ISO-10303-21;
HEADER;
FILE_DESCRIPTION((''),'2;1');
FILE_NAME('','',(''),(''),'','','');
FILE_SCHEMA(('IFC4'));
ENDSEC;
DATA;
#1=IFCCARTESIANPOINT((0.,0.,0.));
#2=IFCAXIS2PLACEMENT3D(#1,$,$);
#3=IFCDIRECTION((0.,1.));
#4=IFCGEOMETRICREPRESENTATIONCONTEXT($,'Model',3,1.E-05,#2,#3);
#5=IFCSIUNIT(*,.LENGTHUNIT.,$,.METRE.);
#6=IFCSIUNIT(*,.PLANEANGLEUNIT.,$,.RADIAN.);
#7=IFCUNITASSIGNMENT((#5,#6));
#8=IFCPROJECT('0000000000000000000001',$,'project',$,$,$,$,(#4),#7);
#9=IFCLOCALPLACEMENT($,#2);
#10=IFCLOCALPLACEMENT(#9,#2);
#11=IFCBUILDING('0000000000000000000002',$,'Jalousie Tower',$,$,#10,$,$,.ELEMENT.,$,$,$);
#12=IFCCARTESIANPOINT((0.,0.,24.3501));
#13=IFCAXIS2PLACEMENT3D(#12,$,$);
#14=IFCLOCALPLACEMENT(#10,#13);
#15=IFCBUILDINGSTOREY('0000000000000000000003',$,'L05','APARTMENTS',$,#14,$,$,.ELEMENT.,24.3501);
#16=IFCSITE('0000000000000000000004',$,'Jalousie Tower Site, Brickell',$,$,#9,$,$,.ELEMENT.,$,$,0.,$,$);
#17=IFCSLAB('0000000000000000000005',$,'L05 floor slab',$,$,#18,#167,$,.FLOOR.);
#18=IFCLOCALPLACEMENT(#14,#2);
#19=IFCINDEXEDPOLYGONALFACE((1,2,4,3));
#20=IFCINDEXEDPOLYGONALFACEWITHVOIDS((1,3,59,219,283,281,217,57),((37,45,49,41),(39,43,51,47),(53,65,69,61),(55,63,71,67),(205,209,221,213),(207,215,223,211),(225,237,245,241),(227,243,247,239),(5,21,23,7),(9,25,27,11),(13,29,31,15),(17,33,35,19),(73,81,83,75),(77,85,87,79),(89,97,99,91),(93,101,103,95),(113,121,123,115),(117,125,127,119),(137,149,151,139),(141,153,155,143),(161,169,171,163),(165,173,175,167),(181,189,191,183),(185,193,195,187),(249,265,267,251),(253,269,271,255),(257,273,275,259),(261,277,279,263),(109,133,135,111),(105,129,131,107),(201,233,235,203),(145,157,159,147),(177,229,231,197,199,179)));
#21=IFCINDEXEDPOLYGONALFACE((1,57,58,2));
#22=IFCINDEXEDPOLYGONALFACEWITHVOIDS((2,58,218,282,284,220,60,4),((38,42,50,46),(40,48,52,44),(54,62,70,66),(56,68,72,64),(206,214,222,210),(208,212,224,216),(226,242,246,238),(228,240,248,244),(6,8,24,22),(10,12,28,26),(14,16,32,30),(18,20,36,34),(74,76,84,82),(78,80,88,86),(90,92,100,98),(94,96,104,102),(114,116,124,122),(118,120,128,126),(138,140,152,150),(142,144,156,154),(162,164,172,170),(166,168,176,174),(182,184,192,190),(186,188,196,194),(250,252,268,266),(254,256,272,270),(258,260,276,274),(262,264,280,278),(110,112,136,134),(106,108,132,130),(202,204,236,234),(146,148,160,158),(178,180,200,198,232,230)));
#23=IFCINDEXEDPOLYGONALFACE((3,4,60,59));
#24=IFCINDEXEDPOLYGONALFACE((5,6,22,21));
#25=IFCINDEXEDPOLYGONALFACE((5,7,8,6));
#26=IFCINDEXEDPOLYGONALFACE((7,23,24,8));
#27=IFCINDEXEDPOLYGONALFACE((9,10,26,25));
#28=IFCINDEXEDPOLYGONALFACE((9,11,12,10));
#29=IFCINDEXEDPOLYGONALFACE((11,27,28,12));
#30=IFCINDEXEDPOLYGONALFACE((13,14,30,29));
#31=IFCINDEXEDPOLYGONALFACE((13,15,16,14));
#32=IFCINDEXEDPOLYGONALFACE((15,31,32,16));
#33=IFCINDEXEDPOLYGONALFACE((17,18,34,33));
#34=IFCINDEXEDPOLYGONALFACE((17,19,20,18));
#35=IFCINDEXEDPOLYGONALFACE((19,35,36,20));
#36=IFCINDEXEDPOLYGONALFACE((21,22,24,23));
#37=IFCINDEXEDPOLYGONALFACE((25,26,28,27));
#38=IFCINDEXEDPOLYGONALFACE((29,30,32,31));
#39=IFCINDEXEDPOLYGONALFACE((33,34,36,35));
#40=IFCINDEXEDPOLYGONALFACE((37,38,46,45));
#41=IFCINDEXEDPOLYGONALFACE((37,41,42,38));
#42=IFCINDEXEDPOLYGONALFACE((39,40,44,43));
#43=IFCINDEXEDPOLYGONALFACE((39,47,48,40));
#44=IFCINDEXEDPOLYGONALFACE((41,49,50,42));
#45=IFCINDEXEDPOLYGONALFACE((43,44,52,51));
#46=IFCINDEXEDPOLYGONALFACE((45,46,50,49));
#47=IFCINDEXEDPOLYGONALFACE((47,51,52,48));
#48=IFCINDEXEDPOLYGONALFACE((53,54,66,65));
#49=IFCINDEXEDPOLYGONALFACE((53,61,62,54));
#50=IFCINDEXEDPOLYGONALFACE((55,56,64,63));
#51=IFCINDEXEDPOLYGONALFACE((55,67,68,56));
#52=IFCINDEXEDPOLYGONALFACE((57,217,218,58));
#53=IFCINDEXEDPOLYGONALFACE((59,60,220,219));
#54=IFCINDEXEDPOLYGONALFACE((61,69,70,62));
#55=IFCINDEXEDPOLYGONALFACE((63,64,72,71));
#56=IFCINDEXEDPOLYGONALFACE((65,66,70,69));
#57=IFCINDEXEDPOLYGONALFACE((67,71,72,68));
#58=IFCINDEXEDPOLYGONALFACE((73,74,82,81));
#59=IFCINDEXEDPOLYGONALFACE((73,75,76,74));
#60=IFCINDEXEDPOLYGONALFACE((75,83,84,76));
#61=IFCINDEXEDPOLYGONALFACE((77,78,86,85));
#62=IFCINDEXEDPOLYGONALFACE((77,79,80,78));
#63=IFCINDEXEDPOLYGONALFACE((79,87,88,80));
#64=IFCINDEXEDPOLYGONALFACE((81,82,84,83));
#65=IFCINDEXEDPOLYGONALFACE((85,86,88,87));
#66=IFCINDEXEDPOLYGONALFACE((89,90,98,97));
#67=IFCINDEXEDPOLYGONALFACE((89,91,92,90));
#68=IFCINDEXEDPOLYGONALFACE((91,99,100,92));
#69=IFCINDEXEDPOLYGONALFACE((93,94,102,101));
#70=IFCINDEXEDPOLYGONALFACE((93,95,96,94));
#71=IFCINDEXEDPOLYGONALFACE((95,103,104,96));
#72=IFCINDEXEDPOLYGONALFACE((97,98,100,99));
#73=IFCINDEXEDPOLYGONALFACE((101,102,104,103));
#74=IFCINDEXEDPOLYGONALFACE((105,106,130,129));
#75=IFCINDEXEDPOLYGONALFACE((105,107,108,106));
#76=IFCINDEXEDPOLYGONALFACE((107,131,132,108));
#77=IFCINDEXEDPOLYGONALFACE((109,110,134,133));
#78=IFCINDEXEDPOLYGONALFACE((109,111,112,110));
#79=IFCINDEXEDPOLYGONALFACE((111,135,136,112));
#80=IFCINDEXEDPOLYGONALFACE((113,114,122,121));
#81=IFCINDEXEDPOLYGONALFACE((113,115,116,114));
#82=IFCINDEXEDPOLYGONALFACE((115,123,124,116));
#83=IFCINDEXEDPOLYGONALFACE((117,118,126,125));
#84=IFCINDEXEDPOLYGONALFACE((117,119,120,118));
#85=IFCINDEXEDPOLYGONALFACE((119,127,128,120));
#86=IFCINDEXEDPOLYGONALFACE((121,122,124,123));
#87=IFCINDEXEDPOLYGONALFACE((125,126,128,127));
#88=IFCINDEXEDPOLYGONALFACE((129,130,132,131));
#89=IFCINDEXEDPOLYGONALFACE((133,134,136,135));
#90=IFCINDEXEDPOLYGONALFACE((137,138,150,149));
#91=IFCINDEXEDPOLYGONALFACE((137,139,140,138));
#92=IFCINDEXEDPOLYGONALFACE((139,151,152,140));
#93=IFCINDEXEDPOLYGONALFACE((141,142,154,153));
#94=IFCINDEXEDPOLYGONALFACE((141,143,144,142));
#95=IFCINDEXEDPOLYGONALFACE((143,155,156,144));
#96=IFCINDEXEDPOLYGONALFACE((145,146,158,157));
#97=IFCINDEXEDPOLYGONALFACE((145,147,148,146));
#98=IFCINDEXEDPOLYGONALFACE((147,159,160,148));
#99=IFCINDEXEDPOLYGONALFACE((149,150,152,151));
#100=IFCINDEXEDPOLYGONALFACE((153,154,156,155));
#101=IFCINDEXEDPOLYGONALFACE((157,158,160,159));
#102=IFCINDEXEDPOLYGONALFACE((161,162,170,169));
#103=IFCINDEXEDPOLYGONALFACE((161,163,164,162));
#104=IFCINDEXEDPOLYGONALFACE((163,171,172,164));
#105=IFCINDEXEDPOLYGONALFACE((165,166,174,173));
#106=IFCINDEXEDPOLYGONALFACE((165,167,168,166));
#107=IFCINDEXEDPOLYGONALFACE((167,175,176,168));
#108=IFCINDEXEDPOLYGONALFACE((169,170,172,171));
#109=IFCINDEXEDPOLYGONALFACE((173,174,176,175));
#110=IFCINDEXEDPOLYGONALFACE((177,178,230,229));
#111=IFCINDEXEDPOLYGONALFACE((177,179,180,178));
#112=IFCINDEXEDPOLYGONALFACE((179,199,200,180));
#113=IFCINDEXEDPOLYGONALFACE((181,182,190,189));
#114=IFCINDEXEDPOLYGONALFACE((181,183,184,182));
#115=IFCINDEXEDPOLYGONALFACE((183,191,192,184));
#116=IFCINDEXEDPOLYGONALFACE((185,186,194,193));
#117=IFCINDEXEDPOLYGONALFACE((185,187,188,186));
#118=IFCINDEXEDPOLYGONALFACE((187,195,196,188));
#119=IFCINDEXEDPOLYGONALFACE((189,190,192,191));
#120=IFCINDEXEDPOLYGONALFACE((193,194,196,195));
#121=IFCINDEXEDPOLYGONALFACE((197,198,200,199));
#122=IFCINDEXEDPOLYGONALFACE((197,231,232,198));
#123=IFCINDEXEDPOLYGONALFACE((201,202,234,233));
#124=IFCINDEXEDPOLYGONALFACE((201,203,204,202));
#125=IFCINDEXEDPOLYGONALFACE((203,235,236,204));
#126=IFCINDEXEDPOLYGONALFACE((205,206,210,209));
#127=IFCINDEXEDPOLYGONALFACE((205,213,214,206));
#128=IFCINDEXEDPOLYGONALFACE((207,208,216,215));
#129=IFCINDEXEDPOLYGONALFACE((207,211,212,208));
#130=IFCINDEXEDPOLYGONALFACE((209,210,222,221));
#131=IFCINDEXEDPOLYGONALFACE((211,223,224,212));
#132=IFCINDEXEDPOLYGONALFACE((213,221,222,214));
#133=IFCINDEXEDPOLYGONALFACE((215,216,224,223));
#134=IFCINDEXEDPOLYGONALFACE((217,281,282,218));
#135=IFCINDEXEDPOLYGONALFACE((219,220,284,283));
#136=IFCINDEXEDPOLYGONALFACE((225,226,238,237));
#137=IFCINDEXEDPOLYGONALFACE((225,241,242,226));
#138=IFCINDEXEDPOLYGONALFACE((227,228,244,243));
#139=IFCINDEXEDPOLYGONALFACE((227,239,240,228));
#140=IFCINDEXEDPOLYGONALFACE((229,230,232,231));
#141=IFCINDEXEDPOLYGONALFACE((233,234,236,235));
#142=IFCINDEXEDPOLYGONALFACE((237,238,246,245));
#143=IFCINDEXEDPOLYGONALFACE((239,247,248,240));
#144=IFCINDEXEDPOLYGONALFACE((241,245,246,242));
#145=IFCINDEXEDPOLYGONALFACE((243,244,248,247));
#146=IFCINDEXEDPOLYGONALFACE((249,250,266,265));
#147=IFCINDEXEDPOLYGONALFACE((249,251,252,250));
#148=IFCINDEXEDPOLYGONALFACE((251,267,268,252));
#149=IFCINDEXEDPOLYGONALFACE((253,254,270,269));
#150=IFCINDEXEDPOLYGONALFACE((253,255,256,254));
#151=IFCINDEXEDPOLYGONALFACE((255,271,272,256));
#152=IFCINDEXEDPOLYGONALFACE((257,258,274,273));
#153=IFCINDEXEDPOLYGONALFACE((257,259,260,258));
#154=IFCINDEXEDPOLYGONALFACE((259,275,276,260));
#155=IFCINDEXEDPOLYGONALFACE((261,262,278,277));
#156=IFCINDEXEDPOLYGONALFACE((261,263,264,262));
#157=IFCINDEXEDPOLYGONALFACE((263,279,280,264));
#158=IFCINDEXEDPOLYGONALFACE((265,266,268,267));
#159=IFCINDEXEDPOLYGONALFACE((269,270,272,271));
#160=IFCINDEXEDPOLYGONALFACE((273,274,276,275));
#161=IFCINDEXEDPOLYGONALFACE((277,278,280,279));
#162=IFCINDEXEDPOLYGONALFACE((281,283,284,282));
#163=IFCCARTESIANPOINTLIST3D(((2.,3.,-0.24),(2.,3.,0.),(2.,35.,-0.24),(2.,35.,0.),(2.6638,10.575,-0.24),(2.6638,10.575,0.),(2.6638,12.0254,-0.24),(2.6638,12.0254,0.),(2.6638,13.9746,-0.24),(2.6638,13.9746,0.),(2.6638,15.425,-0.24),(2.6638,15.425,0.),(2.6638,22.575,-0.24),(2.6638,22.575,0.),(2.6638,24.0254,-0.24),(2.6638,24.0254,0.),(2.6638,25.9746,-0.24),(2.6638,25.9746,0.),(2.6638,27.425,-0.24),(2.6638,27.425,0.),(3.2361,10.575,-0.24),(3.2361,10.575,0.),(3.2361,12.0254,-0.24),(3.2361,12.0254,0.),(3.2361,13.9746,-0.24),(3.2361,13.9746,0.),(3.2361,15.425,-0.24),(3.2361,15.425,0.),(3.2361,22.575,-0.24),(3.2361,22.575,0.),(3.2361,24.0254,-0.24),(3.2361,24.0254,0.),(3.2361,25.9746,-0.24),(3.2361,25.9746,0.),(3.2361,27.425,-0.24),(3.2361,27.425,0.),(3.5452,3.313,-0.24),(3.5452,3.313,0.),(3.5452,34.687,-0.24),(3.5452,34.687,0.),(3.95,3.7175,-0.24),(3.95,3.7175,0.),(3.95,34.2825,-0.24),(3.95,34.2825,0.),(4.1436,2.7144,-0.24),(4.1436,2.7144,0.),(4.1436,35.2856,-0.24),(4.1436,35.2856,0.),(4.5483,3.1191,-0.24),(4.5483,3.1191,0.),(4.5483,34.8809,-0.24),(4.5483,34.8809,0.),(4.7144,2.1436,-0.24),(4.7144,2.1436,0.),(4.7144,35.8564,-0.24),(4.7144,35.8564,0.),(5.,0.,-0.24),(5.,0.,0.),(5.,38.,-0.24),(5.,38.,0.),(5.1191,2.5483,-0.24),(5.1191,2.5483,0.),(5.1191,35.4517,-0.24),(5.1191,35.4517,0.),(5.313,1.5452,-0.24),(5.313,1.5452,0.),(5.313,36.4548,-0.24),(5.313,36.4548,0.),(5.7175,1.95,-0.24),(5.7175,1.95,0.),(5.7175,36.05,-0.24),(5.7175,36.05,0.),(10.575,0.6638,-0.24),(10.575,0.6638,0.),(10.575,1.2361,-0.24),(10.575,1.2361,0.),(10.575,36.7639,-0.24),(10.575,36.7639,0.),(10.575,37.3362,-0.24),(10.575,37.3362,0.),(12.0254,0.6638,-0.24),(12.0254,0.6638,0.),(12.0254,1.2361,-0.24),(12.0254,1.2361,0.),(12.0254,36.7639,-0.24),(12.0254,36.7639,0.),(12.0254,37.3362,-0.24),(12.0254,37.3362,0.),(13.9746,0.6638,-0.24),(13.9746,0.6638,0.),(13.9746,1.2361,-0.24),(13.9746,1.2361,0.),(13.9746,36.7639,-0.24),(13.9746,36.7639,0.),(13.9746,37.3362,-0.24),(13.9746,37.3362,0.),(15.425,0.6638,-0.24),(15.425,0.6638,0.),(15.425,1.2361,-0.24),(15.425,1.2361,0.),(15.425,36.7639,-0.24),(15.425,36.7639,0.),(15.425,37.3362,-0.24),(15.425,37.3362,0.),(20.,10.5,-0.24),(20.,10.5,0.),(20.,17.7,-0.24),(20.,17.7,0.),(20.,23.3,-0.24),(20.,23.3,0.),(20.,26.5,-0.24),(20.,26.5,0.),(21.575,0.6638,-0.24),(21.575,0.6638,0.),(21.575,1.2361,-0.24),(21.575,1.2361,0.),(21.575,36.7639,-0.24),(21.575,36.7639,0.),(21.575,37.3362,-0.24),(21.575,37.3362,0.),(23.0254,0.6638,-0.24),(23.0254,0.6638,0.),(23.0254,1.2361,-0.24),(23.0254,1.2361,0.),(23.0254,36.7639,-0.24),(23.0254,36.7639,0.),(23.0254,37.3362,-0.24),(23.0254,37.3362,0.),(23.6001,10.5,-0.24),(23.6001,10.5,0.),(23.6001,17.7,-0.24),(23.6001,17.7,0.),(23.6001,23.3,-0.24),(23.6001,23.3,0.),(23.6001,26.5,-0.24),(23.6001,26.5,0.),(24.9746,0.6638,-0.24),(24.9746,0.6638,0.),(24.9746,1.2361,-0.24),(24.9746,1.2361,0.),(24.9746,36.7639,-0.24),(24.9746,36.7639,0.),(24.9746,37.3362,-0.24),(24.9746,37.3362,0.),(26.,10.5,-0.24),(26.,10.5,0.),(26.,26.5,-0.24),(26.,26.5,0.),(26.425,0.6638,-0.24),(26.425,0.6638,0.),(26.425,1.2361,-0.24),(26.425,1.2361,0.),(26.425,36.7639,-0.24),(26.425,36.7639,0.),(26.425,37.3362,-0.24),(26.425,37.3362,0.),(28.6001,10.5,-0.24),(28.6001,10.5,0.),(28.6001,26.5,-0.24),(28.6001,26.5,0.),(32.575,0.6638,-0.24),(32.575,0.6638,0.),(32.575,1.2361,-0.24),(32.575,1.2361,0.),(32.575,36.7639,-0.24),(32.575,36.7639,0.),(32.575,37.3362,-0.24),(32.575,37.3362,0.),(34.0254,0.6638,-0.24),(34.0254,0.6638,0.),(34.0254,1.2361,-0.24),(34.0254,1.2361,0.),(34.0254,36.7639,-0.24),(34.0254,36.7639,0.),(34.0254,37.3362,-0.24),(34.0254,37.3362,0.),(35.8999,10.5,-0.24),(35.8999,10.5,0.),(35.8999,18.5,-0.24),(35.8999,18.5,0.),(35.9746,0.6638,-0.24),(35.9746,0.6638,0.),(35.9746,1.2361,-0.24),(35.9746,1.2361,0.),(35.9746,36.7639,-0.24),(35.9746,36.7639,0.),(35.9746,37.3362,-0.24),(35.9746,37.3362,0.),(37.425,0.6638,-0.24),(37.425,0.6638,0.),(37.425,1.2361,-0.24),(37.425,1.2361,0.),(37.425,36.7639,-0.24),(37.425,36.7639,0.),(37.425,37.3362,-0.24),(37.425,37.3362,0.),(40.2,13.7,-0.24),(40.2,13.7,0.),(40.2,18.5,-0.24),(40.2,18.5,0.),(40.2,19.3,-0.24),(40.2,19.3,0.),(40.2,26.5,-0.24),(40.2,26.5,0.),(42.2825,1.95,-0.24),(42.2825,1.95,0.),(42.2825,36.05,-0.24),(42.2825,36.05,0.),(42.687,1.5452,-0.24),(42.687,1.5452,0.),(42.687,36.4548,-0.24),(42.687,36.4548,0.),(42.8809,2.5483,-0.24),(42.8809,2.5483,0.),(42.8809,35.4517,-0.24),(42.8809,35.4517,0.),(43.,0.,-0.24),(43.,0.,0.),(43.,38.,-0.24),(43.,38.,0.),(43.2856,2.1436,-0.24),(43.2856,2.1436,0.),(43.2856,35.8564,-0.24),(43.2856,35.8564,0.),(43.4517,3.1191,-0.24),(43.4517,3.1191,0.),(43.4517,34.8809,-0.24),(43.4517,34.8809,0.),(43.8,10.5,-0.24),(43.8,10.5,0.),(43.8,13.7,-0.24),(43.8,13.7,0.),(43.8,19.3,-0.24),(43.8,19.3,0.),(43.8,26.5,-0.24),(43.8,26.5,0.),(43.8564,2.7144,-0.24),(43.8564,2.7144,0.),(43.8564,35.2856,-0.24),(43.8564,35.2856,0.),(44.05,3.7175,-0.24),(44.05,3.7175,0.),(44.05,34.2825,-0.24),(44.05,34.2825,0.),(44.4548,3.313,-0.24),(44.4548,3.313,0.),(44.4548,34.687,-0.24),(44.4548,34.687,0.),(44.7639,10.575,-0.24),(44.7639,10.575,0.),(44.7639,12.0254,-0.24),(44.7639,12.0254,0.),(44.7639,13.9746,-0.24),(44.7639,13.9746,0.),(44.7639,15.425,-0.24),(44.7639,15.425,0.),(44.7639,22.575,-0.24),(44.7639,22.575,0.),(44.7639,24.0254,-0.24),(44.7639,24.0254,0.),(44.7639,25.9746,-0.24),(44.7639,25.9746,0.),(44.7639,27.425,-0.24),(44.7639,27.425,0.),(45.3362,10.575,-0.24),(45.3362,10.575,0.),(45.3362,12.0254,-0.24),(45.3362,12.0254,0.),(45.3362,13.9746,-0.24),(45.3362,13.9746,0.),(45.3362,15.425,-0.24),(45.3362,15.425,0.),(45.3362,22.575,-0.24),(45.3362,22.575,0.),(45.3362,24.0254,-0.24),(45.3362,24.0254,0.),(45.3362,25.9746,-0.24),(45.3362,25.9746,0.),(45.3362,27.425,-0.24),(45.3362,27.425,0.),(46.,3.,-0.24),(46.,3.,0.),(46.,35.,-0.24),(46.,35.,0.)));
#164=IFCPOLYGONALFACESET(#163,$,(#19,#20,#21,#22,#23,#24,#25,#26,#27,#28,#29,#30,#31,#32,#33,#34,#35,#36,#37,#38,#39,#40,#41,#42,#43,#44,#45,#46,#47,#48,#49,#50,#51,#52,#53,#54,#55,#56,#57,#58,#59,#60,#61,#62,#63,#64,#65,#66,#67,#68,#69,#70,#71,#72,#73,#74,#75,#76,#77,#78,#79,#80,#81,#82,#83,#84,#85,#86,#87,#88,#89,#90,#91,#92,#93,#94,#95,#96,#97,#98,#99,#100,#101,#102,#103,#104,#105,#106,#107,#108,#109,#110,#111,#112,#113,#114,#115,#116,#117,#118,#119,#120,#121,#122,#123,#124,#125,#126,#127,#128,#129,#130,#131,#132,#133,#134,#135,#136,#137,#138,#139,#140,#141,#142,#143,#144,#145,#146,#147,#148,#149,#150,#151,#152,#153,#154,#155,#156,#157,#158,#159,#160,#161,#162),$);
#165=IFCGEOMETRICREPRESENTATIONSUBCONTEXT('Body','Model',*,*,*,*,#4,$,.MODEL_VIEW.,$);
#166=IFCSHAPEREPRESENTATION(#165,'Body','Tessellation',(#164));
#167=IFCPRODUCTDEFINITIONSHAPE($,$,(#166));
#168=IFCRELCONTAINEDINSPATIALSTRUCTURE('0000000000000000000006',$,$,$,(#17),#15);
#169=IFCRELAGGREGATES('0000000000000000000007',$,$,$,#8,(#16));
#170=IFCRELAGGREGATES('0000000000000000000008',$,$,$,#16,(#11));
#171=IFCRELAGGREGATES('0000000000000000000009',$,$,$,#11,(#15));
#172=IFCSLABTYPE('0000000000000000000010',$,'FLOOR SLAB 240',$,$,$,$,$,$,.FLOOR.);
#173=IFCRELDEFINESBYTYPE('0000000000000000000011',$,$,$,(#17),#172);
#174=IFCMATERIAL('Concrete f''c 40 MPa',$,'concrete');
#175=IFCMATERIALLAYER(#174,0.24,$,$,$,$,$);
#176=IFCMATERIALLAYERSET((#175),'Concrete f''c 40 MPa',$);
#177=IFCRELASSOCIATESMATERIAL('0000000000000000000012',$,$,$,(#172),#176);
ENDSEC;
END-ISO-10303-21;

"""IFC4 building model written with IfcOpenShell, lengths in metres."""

from ifc_helpers import new_model, si_unit, direction, frame, origin, place, context, subcontext, project, spatial, polyline, outline, extrude, material, layer, layer_set, type_object, element, save


model = new_model("IFC4")

# Units and contexts
model_context = context("Model", 3, precision=1e-05, world=origin(), true_north=direction((0.0, 1.0)))
body_context = subcontext(model_context, "Body", "Model", "MODEL_VIEW")
ifc_project = project(units=[si_unit("LENGTHUNIT", "METRE"), si_unit("PLANEANGLEUNIT", "RADIAN")], contexts=[model_context])

# Site, building, storey
site_placement = place(None, origin())
site = spatial("IfcSite", under=ifc_project, at=site_placement, Name="Jalousie Tower Site, Brickell", CompositionType="ELEMENT", RefElevation=0.0)
building_placement = place(site_placement, origin())
building = spatial("IfcBuilding", under=site, at=building_placement, Name="Jalousie Tower", CompositionType="ELEMENT")
storey_placement = place(building_placement, frame((0.0, 0.0, 24.3501)))
storey = spatial("IfcBuildingStorey", under=building, at=storey_placement, Name="L05", Description="APARTMENTS", CompositionType="ELEMENT", Elevation=24.3501)

# Slab
ifc_material_1 = material(Name="Concrete f'c 40 MPa", Category="concrete")
ifc_layer_1 = layer(ifc_material_1, 0.24)
ifc_layer_set_1 = layer_set([ifc_layer_1], Name="Concrete f'c 40 MPa")
slab_type_1 = type_object("IfcSlabType", Name="FLOOR SLAB 240", PredefinedType="FLOOR", material=ifc_layer_set_1)
slab_1_placement = place(storey_placement, frame((0.0, 0.0, -0.24)))
element("IfcSlab", 1, at=slab_1_placement, inside=storey, type_object=slab_type_1, Name="L05 floor slab", PredefinedType="FLOOR", context=body_context, shape_type="SweptSolid", body=[
    extrude(outline(polyline([(5.0, 0.0), (43.0, 0.0), (46.0, 3.0), (46.0, 35.0), (43.0, 38.0), (5.0, 38.0), (2.0, 35.0), (2.0, 3.0), (5.0, 0.0)]), holes=[polyline([(24.9746, 0.6638), (24.9746, 1.2361), (26.425, 1.2361), (26.425, 0.6638), (24.9746, 0.6638)]), polyline([(23.0254, 0.6638), (21.575, 0.6638), (21.575, 1.2361), (23.0254, 1.2361), (23.0254, 0.6638)]), polyline([(12.0254, 1.2361), (12.0254, 0.6638), (10.575, 0.6638), (10.575, 1.2361), (12.0254, 1.2361)]), polyline([(13.9746, 1.2361), (15.425, 1.2361), (15.425, 0.6638), (13.9746, 0.6638), (13.9746, 1.2361)]), polyline([(5.1191, 2.5483), (5.7175, 1.95), (5.313, 1.5452), (4.7144, 2.1436), (5.1191, 2.5483)]), polyline([(4.1436, 2.7144), (3.5452, 3.313), (3.95, 3.7175), (4.5483, 3.1191), (4.1436, 2.7144)]), polyline([(3.2361, 12.0254), (3.2361, 10.575), (2.6638, 10.575), (2.6638, 12.0254), (3.2361, 12.0254)]), polyline([(20.0, 10.5), (23.6001, 10.5), (23.6001, 17.7), (20.0, 17.7), (20.0, 10.5)]), polyline([(2.6638, 13.9746), (2.6638, 15.425), (3.2361, 15.425), (3.2361, 13.9746), (2.6638, 13.9746)]), polyline([(26.0, 26.5), (28.6001, 26.5), (28.6001, 10.5), (26.0, 10.5), (26.0, 26.5)]), polyline([(2.6638, 24.0254), (3.2361, 24.0254), (3.2361, 22.575), (2.6638, 22.575), (2.6638, 24.0254)]), polyline([(20.0, 23.3), (23.6001, 23.3), (23.6001, 26.5), (20.0, 26.5), (20.0, 23.3)]), polyline([(2.6638, 25.9746), (2.6638, 27.425), (3.2361, 27.425), (3.2361, 25.9746), (2.6638, 25.9746)]), polyline([(4.5483, 34.8809), (3.95, 34.2825), (3.5452, 34.687), (4.1436, 35.2856), (4.5483, 34.8809)]), polyline([(4.7144, 35.8564), (5.313, 36.4548), (5.7175, 36.05), (5.1191, 35.4517), (4.7144, 35.8564)]), polyline([(13.9746, 37.3362), (15.425, 37.3362), (15.425, 36.7639), (13.9746, 36.7639), (13.9746, 37.3362)]), polyline([(12.0254, 36.7639), (10.575, 36.7639), (10.575, 37.3362), (12.0254, 37.3362), (12.0254, 36.7639)]), polyline([(23.0254, 36.7639), (21.575, 36.7639), (21.575, 37.3362), (23.0254, 37.3362), (23.0254, 36.7639)]), polyline([(24.9746, 37.3362), (26.425, 37.3362), (26.425, 36.7639), (24.9746, 36.7639), (24.9746, 37.3362)]), polyline([(34.0254, 0.6638), (32.575, 0.6638), (32.575, 1.2361), (34.0254, 1.2361), (34.0254, 0.6638)]), polyline([(35.9746, 1.2361), (37.425, 1.2361), (37.425, 0.6638), (35.9746, 0.6638), (35.9746, 1.2361)]), polyline([(43.2856, 2.1436), (42.687, 1.5452), (42.2825, 1.95), (42.8809, 2.5483), (43.2856, 2.1436)]), polyline([(43.4517, 3.1191), (44.05, 3.7175), (44.4548, 3.313), (43.8564, 2.7144), (43.4517, 3.1191)]), polyline([(45.3362, 12.0254), (45.3362, 10.575), (44.7639, 10.575), (44.7639, 12.0254), (45.3362, 12.0254)]), polyline([(35.8999, 18.5), (40.2, 18.5), (40.2, 13.7), (43.8, 13.7), (43.8, 10.5), (35.8999, 10.5), (35.8999, 18.5)]), polyline([(44.7639, 13.9746), (44.7639, 15.425), (45.3362, 15.425), (45.3362, 13.9746), (44.7639, 13.9746)]), polyline([(40.2, 19.3), (43.8, 19.3), (43.8, 26.5), (40.2, 26.5), (40.2, 19.3)]), polyline([(44.7639, 24.0254), (45.3362, 24.0254), (45.3362, 22.575), (44.7639, 22.575), (44.7639, 24.0254)]), polyline([(44.7639, 25.9746), (44.7639, 27.425), (45.3362, 27.425), (45.3362, 25.9746), (44.7639, 25.9746)]), polyline([(43.8564, 35.2856), (44.4548, 34.687), (44.05, 34.2825), (43.4517, 34.8809), (43.8564, 35.2856)]), polyline([(42.8809, 35.4517), (42.2825, 36.05), (42.687, 36.4548), (43.2856, 35.8564), (42.8809, 35.4517)]), polyline([(35.9746, 37.3362), (37.425, 37.3362), (37.425, 36.7639), (35.9746, 36.7639), (35.9746, 37.3362)]), polyline([(34.0254, 36.7639), (32.575, 36.7639), (32.575, 37.3362), (34.0254, 37.3362), (34.0254, 36.7639)])]), origin(), (0.0, 0.0, 1.0), 0.24),
])

save(model, "model.ifc")
